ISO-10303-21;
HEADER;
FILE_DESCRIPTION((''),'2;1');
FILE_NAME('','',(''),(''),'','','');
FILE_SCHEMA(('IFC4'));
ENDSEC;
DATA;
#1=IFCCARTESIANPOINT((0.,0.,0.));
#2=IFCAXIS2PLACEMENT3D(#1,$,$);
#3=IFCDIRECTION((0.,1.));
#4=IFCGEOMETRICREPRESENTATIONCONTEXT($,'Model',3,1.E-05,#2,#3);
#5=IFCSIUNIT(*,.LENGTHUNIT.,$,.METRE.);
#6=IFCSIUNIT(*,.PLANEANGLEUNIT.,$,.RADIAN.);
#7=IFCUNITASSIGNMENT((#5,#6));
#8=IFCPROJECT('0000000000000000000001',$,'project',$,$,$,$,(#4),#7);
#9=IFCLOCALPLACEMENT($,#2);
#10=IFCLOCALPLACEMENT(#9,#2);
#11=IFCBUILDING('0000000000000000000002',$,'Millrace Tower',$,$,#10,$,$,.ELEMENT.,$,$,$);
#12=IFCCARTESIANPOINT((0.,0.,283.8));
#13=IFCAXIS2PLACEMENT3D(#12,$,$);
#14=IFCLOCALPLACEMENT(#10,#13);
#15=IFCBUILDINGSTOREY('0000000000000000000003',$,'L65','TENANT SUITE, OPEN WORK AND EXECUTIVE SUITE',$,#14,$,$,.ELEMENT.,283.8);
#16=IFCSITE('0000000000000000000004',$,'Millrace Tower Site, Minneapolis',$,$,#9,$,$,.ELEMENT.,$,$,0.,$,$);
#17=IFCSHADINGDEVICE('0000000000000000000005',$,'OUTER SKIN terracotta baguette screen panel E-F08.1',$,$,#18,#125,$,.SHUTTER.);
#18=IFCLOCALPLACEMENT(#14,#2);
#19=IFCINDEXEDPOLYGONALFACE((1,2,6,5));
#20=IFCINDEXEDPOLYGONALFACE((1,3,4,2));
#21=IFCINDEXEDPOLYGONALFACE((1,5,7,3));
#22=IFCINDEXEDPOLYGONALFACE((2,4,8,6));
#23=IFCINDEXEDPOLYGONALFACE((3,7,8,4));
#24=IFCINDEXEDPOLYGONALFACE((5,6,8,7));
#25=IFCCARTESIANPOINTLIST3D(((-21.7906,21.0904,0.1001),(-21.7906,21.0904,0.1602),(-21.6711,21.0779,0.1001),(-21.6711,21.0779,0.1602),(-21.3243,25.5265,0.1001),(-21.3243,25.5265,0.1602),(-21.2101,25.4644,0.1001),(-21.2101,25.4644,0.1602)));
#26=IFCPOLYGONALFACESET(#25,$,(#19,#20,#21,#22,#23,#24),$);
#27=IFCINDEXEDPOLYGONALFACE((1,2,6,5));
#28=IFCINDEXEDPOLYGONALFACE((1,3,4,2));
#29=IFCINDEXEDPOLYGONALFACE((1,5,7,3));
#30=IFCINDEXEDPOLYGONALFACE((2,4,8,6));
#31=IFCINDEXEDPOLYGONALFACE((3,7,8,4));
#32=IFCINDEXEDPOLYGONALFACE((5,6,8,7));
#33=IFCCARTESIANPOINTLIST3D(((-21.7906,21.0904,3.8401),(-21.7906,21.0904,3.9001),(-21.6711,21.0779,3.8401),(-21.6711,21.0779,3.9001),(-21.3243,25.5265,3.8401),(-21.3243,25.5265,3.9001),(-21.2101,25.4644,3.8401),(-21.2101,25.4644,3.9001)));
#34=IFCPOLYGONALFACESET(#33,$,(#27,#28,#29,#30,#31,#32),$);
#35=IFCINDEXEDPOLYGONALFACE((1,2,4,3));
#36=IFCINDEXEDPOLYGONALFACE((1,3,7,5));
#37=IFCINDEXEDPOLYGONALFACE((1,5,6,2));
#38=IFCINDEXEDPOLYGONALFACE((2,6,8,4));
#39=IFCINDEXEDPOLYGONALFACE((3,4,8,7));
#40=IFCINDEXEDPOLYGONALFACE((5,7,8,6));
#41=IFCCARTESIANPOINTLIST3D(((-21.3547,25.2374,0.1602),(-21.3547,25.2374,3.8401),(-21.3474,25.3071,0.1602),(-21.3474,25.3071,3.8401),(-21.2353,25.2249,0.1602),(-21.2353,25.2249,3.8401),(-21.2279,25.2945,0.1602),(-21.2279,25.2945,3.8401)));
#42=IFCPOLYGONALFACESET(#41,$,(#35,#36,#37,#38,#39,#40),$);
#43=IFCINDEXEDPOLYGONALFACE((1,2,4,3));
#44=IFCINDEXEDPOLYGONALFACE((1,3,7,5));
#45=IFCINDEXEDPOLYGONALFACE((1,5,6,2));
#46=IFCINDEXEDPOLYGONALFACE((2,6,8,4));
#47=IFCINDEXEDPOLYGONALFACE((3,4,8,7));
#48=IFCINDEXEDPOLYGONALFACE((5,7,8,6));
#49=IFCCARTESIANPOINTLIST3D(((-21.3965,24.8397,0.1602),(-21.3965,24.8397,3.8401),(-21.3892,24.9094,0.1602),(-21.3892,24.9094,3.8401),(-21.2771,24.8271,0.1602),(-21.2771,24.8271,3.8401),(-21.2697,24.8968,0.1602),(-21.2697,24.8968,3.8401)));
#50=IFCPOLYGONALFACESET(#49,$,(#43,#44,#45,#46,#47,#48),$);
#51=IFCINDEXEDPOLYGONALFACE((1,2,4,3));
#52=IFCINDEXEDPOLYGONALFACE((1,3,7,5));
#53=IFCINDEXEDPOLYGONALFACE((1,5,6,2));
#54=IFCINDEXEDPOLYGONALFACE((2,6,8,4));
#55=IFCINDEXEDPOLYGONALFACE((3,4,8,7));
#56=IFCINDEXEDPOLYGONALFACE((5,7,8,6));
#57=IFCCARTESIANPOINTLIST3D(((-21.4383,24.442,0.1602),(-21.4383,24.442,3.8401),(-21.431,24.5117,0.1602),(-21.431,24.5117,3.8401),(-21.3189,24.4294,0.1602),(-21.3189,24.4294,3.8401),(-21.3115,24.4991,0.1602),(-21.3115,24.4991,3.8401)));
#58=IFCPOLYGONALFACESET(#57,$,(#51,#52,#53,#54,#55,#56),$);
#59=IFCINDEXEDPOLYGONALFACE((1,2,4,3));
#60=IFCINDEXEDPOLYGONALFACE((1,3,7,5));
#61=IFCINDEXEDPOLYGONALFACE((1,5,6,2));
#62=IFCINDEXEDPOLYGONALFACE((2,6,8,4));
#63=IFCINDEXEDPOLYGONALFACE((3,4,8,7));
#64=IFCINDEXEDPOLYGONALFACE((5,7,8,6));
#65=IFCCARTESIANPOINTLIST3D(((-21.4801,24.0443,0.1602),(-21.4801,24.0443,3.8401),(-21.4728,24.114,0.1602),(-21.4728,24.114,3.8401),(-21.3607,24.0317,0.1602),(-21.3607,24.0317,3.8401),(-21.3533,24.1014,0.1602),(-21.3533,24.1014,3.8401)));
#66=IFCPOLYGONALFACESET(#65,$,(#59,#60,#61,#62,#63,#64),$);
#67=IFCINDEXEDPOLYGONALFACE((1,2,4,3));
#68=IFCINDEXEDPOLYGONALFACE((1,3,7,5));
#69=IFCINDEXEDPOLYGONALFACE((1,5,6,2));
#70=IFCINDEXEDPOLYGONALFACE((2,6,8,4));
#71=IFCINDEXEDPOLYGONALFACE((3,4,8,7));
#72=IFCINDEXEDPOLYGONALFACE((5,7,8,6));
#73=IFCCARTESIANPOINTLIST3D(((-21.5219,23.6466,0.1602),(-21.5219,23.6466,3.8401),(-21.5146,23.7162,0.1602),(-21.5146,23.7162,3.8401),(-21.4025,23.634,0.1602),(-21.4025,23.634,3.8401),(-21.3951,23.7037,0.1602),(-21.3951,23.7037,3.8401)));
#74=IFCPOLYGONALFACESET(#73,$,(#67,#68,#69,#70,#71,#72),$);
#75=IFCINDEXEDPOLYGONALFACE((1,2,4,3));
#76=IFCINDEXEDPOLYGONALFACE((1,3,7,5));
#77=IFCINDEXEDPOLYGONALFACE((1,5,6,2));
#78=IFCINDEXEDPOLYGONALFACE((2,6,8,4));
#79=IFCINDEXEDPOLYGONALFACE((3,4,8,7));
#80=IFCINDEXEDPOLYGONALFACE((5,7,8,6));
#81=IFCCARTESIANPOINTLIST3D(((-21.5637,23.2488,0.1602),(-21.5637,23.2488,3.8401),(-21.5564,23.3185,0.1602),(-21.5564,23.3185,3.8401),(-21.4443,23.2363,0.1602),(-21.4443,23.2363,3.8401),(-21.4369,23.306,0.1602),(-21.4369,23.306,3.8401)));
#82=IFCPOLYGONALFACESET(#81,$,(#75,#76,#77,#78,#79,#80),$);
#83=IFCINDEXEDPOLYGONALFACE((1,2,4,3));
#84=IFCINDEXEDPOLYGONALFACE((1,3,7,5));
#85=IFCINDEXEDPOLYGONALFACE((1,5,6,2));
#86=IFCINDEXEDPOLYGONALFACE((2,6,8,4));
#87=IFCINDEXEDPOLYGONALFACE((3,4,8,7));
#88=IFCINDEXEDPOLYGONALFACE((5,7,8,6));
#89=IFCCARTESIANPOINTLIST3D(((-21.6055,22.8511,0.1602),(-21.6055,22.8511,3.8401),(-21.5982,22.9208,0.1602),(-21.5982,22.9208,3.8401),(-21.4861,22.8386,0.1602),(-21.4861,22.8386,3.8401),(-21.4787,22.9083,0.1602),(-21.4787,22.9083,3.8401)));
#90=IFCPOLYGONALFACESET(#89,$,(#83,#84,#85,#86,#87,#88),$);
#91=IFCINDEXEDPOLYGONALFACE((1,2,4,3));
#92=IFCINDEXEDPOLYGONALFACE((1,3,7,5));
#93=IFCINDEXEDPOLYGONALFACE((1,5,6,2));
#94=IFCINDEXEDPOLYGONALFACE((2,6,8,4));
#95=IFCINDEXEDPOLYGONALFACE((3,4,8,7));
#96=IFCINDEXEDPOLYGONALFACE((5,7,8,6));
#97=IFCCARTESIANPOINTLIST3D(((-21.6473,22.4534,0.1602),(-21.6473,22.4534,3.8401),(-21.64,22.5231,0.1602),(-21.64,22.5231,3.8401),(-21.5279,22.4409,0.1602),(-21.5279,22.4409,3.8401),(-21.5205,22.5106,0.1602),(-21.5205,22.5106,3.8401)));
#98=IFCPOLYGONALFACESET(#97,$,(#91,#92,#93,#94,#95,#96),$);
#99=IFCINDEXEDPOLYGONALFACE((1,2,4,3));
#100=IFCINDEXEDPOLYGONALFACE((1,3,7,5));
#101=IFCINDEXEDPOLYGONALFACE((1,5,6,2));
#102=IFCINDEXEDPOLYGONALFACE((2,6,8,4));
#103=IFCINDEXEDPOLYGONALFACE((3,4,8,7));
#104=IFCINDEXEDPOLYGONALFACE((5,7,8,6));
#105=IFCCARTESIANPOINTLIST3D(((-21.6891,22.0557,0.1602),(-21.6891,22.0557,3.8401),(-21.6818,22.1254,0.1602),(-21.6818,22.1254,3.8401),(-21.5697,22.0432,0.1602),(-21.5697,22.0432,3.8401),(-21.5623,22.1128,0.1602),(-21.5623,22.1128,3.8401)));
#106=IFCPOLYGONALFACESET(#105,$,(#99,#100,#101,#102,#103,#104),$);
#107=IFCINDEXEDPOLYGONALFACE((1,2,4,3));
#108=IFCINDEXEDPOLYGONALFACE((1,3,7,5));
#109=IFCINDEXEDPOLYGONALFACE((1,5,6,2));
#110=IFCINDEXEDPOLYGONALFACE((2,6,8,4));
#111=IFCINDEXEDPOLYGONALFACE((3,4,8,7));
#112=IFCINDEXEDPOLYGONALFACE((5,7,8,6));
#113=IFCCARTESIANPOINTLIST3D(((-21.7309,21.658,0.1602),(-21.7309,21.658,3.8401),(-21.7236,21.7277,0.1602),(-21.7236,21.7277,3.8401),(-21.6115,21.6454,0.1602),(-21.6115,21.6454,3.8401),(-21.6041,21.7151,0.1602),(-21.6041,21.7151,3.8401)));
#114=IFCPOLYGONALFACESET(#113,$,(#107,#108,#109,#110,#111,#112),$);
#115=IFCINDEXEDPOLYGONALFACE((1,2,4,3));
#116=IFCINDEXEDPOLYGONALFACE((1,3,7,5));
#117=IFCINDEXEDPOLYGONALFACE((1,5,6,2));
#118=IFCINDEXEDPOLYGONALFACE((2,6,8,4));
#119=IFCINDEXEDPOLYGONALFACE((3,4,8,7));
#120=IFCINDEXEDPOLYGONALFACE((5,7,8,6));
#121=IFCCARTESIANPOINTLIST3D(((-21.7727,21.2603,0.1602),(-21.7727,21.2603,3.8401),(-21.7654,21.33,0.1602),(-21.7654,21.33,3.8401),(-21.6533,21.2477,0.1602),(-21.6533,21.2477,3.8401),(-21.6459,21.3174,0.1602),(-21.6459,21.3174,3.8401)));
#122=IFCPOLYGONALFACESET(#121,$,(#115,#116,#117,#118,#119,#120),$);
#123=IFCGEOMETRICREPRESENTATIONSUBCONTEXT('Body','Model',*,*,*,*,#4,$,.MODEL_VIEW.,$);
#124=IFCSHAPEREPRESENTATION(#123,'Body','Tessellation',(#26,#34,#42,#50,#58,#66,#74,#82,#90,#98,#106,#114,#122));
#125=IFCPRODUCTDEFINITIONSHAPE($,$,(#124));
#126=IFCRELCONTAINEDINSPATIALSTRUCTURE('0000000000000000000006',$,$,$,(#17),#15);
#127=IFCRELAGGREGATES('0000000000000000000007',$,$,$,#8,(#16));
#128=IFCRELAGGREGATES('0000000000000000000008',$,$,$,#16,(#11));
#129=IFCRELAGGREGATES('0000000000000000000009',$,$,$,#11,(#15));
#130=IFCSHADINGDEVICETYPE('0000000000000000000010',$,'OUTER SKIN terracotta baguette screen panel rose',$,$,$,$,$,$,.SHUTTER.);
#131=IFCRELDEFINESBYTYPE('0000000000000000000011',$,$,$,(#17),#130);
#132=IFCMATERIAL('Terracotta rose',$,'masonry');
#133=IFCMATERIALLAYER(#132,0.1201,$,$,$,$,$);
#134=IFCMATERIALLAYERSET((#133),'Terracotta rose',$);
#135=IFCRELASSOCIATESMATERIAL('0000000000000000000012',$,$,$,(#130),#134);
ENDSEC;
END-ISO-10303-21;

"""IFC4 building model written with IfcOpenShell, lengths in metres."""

from ifc_helpers import new_model, entity, si_unit, direction, frame, frame_2d, origin, place, context, subcontext, project, spatial, rectangle, extrude, source, transform, mapped, material, layer, layer_set, type_object, element, save


model = new_model("IFC4")

# Units and contexts
model_context = context("Model", 3, precision=1e-05, world=origin(), true_north=direction((0.0, 1.0)))
body_context = subcontext(model_context, "Body", "Model", "MODEL_VIEW")
ifc_project = project(units=[si_unit("LENGTHUNIT", "METRE"), si_unit("PLANEANGLEUNIT", "RADIAN")], contexts=[model_context])

# Site, building, storey
site_placement = place(None, origin())
site = spatial("IfcSite", under=ifc_project, at=site_placement, Name="Millrace Tower Site, Minneapolis", CompositionType="ELEMENT", RefElevation=0.0)
building_placement = place(site_placement, origin())
building = spatial("IfcBuilding", under=site, at=building_placement, Name="Millrace Tower", CompositionType="ELEMENT")
storey_placement = place(building_placement, frame((0.0, 0.0, 283.8)))
storey = spatial("IfcBuildingStorey", under=building, at=storey_placement, Name="L65", Description="TENANT SUITE, OPEN WORK AND EXECUTIVE SUITE", CompositionType="ELEMENT", Elevation=283.8)

# Shading device
ifc_material_1 = material(Name="Terracotta rose", Category="masonry")
ifc_layer_1 = layer(ifc_material_1, 0.1201)
ifc_layer_set_1 = layer_set([ifc_layer_1], Name="Terracotta rose")
shading_device_type = type_object("IfcShadingDeviceType", Name="OUTER SKIN terracotta baguette screen panel rose", PredefinedType="SHUTTER", material=ifc_layer_set_1)
cartesian_point_1 = entity("IfcCartesianPoint", [-2.1929, 0.0601])
shared_polyline_1 = entity("IfcPolyline", [cartesian_point_1, entity("IfcCartesianPoint", [2.2178, 0.0601]), entity("IfcCartesianPoint", [2.2178, -0.0601]), entity("IfcCartesianPoint", [-2.2427, -0.0601]), cartesian_point_1])
shared_shape_1 = source(origin(), body_context, "Body", "SweptSolid", [
    entity("IfcExtrudedAreaSolid", entity("IfcArbitraryClosedProfileDef", "AREA", None, shared_polyline_1), entity("IfcAxis2Placement3D", entity("IfcCartesianPoint", [0.0, 0.0, 0.0])), entity("IfcDirection", [0.0, 0.0, 1.0]), 0.0601),
    entity("IfcExtrudedAreaSolid", entity("IfcArbitraryClosedProfileDef", "AREA", None, shared_polyline_1), entity("IfcAxis2Placement3D", entity("IfcCartesianPoint", [0.0, 0.0, 3.74])), entity("IfcDirection", [0.0, 0.0, 1.0]), 0.0601),
    extrude(rectangle(XDim=0.0701, YDim=0.1201, at=frame_2d((-1.9871, 0.0))), frame((0.0, 0.0, 0.0601)), (0.0, 0.0, 1.0), 3.6799),
    extrude(rectangle(XDim=0.0701, YDim=0.1201, at=frame_2d((-1.5872, 0.0))), frame((0.0, 0.0, 0.0601)), (0.0, 0.0, 1.0), 3.6799),
    extrude(rectangle(XDim=0.0701, YDim=0.1201, at=frame_2d((-1.1873, 0.0))), frame((0.0, 0.0, 0.0601)), (0.0, 0.0, 1.0), 3.6799),
    extrude(rectangle(XDim=0.0701, YDim=0.1201, at=frame_2d((-0.7874, 0.0))), frame((0.0, 0.0, 0.0601)), (0.0, 0.0, 1.0), 3.6799),
    extrude(rectangle(XDim=0.0701, YDim=0.1201, at=frame_2d((-0.3875, 0.0))), frame((0.0, 0.0, 0.0601)), (0.0, 0.0, 1.0), 3.6799),
    extrude(rectangle(XDim=0.0701, YDim=0.1201, at=frame_2d((0.0125, 0.0))), frame((0.0, 0.0, 0.0601)), (0.0, 0.0, 1.0), 3.6799),
    extrude(rectangle(XDim=0.0701, YDim=0.1201, at=frame_2d((0.4124, 0.0))), frame((0.0, 0.0, 0.0601)), (0.0, 0.0, 1.0), 3.6799),
    extrude(rectangle(XDim=0.0701, YDim=0.1201, at=frame_2d((0.8123, 0.0))), frame((0.0, 0.0, 0.0601)), (0.0, 0.0, 1.0), 3.6799),
    extrude(rectangle(XDim=0.0701, YDim=0.1201, at=frame_2d((1.2122, 0.0))), frame((0.0, 0.0, 0.0601)), (0.0, 0.0, 1.0), 3.6799),
    extrude(rectangle(XDim=0.0701, YDim=0.1201, at=frame_2d((1.6121, 0.0))), frame((0.0, 0.0, 0.0601)), (0.0, 0.0, 1.0), 3.6799),
    extrude(rectangle(XDim=0.0701, YDim=0.1201, at=frame_2d((2.012, 0.0))), frame((0.0, 0.0, 0.0601)), (0.0, 0.0, 1.0), 3.6799),
])
shading_device_1_placement = place(storey_placement, frame((-21.499, 23.2898, 0.1001), z_axis=(0.0, 0.0, 1.0), x_axis=(-0.104528, -0.994522, 0.0)))
element("IfcShadingDevice", 1, at=shading_device_1_placement, inside=storey, type_object=shading_device_type, Name="OUTER SKIN terracotta baguette screen panel E-F08.1", PredefinedType="SHUTTER", context=body_context, shape_type="MappedRepresentation", body=[
    mapped(shared_shape_1, transform((0.0, 0.0, 0.0), scale=1.0)),
])

save(model, "model.ifc")
